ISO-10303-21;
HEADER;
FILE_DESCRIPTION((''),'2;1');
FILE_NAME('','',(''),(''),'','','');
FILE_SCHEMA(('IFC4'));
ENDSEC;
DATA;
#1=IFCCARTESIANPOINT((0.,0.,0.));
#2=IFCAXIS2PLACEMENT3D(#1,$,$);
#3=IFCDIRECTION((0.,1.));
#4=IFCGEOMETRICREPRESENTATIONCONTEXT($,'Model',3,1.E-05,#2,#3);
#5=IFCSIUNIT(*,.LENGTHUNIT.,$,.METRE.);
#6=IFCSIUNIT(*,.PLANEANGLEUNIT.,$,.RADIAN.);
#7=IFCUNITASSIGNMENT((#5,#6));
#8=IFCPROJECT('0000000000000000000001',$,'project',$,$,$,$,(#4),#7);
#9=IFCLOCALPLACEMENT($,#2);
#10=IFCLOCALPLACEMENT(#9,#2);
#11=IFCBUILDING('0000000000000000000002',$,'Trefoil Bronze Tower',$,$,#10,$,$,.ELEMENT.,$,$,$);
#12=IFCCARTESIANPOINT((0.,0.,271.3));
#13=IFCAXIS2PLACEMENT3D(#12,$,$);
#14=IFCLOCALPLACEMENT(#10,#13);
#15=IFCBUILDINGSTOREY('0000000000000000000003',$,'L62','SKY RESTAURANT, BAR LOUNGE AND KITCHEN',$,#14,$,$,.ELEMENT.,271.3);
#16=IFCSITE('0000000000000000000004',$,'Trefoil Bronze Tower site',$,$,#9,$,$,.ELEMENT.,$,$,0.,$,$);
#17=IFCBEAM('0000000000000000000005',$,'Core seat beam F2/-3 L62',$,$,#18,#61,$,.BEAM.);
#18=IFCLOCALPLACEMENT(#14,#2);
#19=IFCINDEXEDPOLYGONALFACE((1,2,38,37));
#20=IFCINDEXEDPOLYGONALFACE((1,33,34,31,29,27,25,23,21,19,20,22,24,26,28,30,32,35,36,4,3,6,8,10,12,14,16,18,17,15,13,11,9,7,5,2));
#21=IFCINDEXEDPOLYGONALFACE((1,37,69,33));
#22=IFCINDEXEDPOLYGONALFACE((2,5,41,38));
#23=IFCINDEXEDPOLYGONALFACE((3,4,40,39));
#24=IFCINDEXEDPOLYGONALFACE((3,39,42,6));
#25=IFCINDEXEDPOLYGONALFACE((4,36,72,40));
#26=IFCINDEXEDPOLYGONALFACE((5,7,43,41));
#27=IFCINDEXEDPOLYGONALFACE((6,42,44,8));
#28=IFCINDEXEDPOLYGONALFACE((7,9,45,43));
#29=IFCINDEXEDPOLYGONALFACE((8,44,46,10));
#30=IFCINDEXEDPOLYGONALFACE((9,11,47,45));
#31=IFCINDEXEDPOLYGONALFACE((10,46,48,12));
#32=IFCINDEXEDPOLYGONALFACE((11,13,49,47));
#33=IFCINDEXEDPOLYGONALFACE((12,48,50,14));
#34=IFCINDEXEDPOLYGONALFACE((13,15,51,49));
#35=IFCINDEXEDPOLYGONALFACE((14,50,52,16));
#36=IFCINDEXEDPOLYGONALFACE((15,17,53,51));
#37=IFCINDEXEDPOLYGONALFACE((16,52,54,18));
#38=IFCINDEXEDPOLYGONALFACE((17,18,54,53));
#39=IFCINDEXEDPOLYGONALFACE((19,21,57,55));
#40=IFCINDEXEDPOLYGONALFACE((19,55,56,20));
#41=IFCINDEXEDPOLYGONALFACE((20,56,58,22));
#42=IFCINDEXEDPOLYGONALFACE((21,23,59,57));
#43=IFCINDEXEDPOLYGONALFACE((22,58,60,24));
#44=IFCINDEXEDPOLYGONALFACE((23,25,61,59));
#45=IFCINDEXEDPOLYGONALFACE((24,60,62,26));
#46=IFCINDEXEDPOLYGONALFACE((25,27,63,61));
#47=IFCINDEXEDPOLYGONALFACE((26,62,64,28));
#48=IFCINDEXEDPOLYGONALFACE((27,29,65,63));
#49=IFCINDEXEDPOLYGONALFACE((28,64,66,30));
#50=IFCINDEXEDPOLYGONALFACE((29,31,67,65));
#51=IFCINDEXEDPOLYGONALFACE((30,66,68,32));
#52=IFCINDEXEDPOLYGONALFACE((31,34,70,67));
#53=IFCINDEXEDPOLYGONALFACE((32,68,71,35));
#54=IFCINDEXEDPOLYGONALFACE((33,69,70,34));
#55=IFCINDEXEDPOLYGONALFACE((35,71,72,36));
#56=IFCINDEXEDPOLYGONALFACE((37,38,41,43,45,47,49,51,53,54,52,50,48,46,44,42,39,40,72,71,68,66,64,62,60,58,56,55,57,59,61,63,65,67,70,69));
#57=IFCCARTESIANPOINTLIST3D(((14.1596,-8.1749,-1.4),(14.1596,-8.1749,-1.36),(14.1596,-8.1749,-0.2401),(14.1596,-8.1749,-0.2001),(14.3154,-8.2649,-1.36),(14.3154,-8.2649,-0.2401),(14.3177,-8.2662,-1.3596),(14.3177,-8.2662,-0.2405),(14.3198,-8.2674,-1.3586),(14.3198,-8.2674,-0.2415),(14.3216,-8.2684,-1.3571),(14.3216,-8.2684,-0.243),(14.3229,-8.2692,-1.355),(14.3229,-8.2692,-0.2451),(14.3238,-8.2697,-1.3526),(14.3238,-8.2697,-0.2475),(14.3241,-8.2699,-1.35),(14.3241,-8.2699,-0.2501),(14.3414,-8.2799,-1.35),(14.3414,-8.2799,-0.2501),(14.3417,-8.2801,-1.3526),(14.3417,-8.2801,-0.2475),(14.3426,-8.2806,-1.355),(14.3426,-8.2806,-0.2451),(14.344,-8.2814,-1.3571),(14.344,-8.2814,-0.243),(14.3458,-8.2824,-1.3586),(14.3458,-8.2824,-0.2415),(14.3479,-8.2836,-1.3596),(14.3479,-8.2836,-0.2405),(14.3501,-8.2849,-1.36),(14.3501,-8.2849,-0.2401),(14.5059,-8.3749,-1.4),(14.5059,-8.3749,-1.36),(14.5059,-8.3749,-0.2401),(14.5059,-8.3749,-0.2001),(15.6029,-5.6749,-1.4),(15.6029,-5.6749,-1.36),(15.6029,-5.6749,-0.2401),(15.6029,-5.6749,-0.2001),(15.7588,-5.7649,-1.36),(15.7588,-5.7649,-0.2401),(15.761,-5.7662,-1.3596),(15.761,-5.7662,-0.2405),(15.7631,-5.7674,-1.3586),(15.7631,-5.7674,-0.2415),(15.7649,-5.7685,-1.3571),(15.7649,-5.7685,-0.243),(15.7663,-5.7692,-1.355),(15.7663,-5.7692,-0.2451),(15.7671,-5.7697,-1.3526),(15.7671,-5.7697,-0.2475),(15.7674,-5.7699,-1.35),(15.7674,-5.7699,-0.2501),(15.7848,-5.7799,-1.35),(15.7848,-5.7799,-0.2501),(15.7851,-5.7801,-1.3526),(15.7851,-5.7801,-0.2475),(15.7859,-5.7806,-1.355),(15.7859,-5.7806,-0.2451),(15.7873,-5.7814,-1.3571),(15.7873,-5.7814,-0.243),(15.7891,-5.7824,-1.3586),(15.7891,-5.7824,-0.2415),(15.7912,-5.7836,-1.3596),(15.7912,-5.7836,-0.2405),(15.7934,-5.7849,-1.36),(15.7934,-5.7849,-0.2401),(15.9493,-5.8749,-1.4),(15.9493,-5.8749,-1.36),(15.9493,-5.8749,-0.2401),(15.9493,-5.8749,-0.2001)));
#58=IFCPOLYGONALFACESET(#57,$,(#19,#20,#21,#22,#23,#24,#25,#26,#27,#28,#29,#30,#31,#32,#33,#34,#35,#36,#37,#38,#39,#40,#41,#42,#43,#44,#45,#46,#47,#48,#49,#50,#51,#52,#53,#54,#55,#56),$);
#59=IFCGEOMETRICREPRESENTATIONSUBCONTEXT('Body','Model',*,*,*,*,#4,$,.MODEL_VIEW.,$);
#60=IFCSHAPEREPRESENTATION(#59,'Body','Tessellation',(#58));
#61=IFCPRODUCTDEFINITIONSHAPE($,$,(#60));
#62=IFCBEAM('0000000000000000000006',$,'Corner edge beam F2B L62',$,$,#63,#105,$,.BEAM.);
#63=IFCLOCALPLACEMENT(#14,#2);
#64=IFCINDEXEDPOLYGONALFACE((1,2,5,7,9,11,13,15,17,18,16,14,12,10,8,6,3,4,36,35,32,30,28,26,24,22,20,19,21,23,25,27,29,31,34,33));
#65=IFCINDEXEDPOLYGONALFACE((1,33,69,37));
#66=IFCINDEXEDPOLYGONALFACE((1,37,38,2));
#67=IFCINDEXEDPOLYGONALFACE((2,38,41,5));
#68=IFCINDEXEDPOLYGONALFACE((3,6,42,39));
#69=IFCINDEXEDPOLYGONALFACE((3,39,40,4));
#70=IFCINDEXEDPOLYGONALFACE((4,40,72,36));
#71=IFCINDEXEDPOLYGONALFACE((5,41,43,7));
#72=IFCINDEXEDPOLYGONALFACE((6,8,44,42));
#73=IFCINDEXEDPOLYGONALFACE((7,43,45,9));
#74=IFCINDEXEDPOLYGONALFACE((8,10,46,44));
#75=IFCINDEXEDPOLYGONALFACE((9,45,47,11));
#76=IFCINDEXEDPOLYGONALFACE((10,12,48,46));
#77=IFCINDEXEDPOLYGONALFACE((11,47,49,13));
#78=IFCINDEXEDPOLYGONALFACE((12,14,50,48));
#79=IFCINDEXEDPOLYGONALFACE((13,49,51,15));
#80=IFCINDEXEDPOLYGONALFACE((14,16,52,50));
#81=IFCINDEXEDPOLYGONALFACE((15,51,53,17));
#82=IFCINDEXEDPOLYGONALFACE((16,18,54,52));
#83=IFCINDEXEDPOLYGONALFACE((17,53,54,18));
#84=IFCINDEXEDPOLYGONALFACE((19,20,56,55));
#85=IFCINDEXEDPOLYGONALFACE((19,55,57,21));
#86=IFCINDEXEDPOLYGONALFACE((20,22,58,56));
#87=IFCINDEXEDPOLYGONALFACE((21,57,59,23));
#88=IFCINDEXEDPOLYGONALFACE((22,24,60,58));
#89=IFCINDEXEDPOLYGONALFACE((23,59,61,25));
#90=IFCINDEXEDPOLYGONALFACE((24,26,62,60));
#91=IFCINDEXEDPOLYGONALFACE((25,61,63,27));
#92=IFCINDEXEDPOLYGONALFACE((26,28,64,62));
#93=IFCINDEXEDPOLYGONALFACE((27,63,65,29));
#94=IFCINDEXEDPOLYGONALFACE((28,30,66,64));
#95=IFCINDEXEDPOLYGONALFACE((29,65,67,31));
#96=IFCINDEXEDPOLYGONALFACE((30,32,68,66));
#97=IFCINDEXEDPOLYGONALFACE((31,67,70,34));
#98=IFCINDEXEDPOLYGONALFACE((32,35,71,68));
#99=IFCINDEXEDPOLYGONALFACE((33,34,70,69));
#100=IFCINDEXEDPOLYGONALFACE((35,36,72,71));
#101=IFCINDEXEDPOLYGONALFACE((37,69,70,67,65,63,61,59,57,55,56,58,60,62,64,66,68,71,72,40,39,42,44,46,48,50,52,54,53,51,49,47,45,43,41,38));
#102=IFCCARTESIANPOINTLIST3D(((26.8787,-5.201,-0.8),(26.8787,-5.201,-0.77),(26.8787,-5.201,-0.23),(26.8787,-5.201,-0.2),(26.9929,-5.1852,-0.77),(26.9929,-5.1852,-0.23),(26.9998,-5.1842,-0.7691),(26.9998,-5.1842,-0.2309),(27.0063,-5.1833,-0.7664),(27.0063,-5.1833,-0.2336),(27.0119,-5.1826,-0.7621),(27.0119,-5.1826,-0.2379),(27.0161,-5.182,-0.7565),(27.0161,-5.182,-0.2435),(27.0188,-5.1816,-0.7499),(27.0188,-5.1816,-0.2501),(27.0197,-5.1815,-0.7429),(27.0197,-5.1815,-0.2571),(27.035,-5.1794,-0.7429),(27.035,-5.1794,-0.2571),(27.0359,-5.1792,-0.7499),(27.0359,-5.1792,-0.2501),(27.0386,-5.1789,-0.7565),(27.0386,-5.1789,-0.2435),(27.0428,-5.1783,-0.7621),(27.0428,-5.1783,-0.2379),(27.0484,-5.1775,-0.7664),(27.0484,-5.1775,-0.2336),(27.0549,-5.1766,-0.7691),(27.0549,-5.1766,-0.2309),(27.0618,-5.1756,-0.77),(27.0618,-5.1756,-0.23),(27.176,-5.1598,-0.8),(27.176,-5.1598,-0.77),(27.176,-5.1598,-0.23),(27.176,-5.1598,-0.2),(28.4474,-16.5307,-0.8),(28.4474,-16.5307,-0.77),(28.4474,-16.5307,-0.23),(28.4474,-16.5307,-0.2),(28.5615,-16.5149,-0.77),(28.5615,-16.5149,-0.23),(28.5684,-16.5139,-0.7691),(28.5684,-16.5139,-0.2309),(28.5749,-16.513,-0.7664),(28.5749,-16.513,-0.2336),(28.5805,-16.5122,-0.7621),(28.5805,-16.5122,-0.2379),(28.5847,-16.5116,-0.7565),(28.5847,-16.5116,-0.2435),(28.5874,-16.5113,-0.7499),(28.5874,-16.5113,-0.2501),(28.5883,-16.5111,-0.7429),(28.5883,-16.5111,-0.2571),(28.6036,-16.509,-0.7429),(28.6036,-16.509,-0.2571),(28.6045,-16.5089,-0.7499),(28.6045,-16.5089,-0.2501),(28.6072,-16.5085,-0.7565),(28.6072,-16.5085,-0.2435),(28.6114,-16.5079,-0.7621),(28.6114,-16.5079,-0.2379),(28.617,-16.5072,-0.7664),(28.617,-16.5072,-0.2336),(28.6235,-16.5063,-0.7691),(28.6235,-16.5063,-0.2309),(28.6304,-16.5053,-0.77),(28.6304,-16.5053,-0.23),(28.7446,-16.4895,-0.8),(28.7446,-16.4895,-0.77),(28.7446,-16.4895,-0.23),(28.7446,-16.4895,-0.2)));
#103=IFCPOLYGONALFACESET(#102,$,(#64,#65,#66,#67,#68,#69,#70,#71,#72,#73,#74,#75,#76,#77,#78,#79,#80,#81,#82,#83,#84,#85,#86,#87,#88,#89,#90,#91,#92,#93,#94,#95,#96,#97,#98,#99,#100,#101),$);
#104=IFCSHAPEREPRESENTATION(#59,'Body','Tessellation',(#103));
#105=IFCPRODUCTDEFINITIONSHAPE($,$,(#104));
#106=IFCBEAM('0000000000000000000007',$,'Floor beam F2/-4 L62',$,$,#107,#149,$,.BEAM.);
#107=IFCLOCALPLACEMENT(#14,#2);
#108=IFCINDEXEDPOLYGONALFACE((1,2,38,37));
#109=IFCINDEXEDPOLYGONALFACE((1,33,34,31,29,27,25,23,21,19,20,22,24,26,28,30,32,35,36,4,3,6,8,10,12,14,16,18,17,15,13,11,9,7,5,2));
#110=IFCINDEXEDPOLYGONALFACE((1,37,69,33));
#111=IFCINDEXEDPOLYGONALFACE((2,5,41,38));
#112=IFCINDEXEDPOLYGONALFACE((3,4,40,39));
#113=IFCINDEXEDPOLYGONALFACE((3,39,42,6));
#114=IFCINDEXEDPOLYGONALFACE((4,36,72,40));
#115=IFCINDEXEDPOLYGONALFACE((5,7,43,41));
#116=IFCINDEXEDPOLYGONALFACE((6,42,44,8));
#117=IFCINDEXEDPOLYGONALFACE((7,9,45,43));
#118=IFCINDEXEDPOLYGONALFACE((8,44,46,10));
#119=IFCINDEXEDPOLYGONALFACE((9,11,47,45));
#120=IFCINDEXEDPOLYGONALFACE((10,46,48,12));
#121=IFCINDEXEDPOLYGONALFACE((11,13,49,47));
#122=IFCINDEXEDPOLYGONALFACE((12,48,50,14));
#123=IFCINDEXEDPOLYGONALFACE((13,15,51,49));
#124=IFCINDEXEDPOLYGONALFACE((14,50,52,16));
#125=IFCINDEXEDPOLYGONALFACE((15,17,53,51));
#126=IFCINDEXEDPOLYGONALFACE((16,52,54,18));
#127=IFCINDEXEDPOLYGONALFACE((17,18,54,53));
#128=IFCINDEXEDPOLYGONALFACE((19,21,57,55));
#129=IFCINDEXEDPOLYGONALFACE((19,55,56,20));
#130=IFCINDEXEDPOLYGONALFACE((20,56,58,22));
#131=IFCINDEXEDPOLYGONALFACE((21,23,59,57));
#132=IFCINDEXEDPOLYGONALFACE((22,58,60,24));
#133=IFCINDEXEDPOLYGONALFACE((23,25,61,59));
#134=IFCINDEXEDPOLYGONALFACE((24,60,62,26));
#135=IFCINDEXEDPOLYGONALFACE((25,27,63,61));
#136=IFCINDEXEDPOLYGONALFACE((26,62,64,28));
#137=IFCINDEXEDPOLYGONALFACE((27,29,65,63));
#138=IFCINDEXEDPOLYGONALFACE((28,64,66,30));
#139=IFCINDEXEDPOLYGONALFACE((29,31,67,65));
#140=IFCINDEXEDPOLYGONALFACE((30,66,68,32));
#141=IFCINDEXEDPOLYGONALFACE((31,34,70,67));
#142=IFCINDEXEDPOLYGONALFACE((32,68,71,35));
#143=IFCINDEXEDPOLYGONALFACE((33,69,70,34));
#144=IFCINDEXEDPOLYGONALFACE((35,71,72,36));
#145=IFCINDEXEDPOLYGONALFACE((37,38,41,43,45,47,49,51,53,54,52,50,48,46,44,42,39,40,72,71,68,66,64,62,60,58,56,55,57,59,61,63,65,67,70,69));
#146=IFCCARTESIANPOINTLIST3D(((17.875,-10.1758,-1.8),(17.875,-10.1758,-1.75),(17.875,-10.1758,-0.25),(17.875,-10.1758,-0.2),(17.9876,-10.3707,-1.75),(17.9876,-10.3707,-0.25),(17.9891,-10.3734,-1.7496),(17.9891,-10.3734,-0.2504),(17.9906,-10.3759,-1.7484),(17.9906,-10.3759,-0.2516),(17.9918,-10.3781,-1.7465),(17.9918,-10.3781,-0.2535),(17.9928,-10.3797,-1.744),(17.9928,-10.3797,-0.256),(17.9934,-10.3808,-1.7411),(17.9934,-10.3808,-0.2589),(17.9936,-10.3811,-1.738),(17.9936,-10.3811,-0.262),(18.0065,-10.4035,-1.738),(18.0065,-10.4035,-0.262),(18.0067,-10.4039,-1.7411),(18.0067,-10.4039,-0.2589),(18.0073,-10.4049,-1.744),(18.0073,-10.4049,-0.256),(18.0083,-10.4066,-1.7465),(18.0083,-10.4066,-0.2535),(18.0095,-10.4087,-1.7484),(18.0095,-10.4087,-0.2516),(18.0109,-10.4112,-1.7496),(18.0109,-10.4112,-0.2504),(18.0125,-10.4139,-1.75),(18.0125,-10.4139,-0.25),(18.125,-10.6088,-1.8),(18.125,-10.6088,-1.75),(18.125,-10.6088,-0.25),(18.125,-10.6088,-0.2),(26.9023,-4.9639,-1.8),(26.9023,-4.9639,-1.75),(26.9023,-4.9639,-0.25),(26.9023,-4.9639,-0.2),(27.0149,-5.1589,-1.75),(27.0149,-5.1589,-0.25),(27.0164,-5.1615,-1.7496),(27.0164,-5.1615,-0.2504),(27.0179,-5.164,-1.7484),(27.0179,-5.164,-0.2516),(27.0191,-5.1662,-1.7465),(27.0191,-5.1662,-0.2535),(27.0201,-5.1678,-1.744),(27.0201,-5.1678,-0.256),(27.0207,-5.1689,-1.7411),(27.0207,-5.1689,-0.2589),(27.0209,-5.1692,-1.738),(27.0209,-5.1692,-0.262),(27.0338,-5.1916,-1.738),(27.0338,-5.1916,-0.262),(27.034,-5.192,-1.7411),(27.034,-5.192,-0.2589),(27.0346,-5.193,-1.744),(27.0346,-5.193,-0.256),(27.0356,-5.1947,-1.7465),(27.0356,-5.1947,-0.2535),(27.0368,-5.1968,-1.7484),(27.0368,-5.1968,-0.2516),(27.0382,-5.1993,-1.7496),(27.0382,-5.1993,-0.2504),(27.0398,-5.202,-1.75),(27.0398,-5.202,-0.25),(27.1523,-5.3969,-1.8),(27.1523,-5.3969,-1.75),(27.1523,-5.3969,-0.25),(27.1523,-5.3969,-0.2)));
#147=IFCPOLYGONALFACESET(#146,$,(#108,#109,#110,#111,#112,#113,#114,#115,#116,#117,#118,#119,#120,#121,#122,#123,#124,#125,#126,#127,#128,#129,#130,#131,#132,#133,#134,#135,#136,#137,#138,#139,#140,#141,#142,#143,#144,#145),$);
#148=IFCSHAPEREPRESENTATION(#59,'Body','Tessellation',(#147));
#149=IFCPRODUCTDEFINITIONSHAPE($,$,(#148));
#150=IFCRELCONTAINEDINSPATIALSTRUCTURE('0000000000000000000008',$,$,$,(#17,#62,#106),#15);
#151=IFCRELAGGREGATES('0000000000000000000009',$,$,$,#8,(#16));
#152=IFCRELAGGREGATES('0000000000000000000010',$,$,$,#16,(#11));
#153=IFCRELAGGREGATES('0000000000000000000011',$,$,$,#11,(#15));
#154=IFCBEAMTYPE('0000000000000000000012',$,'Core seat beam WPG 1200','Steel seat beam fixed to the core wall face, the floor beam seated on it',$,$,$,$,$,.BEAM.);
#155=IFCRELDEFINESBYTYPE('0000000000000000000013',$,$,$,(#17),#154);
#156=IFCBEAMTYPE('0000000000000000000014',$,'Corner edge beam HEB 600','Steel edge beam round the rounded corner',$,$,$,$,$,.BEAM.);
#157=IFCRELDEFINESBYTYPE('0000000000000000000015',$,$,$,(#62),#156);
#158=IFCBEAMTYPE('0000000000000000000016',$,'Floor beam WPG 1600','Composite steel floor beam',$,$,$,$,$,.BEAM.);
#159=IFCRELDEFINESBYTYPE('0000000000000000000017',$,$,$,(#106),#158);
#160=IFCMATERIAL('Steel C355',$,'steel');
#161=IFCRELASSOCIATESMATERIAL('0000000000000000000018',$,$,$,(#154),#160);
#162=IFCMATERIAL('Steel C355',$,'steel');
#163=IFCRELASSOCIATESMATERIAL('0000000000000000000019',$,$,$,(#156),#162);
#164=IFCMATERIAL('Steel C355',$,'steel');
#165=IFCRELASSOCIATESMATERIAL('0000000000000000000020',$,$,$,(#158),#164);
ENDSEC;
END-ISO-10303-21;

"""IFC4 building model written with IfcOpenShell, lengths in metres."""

from ifc_helpers import new_model, si_unit, direction, frame, origin, origin_2d, place, context, subcontext, project, spatial, i_section, extrude, material, material_profile, profile_set, type_object, element, save


model = new_model("IFC4")

# Units and contexts
model_context = context("Model", 3, precision=1e-05, world=origin(), true_north=direction((0.0, 1.0)))
body_context = subcontext(model_context, "Body", "Model", "MODEL_VIEW")
ifc_project = project(units=[si_unit("LENGTHUNIT", "METRE"), si_unit("PLANEANGLEUNIT", "RADIAN")], contexts=[model_context])

# Site, building, storey
site_placement = place(None, origin())
site = spatial("IfcSite", under=ifc_project, at=site_placement, Name="Trefoil Bronze Tower site", CompositionType="ELEMENT", RefElevation=0.0)
building_placement = place(site_placement, origin())
building = spatial("IfcBuilding", under=site, at=building_placement, Name="Trefoil Bronze Tower", CompositionType="ELEMENT")
storey_placement = place(building_placement, frame((0.0, 0.0, 271.3)))
storey = spatial("IfcBuildingStorey", under=building, at=storey_placement, Name="L62", Description="SKY RESTAURANT, BAR LOUNGE AND KITCHEN", CompositionType="ELEMENT", Elevation=271.3)

# Beams
ifc_material_1 = material(Name="Steel C355", Category="steel")
ifc_material_profile_1 = material_profile(ifc_material_1, i_section(OverallWidth=0.3999, OverallDepth=1.2, WebThickness=0.02, FlangeThickness=0.04, FilletRadius=0.01, at=origin_2d()), Name="WPG 1200")
ifc_profile_set_1 = profile_set([ifc_material_profile_1], Name="Steel C355")
beam_type_1 = type_object("IfcBeamType", Name="Core seat beam WPG 1200", Description="Steel seat beam fixed to the core wall face, the floor beam seated on it", PredefinedType="BEAM", material=ifc_profile_set_1)
beam_1_placement = place(storey_placement, frame((14.3328, -8.2749, -0.8), z_axis=(0.499996, 0.866028, 0.0), x_axis=(-0.866028, 0.499996, 0.0)))
element("IfcBeam", 1, at=beam_1_placement, inside=storey, type_object=beam_type_1, Name="Core seat beam F2/-3 L62", PredefinedType="BEAM", context=body_context, shape_type="SweptSolid", body=[
    extrude(i_section(OverallWidth=0.3999, OverallDepth=1.2, WebThickness=0.02, FlangeThickness=0.04, FilletRadius=0.01, at=origin_2d()), origin(), (0.0, 0.0, 1.0), 2.8867),
])
ifc_material_2 = material(Name="Steel C355", Category="steel")
ifc_material_profile_2 = material_profile(ifc_material_2, i_section(OverallWidth=0.3, OverallDepth=0.6001, WebThickness=0.0154, FlangeThickness=0.03, FilletRadius=0.0271, at=origin_2d()), Name="HEB 600")
ifc_profile_set_2 = profile_set([ifc_material_profile_2], Name="Steel C355")
beam_type_2 = type_object("IfcBeamType", Name="Corner edge beam HEB 600", Description="Steel edge beam round the rounded corner", PredefinedType="BEAM", material=ifc_profile_set_2)
beam_2_placement = place(storey_placement, frame((27.0273, -5.1804, -0.5), z_axis=(0.137144, -0.990551, 0.0), x_axis=(0.990551, 0.137144, 0.0)))
element("IfcBeam", 2, at=beam_2_placement, inside=storey, type_object=beam_type_2, Name="Corner edge beam F2B L62", PredefinedType="BEAM", context=body_context, shape_type="SweptSolid", body=[
    extrude(i_section(OverallWidth=0.3, OverallDepth=0.6001, WebThickness=0.0154, FlangeThickness=0.03, FilletRadius=0.0271, at=origin_2d()), origin(), (0.0, 0.0, 1.0), 11.4377),
])
ifc_material_3 = material(Name="Steel C355", Category="steel")
ifc_material_profile_3 = material_profile(ifc_material_3, i_section(OverallWidth=0.5, OverallDepth=1.6001, WebThickness=0.0259, FlangeThickness=0.05, FilletRadius=0.012, at=origin_2d()), Name="WPG 1600")
ifc_profile_set_3 = profile_set([ifc_material_profile_3], Name="Steel C355")
beam_type_3 = type_object("IfcBeamType", Name="Floor beam WPG 1600", Description="Composite steel floor beam", PredefinedType="BEAM", material=ifc_profile_set_3)
beam_3_placement = place(storey_placement, frame((27.0273, -5.1804, -1.0), z_axis=(-0.866026, -0.499998, 0.0), x_axis=(0.499998, -0.866026, 0.0)))
element("IfcBeam", 3, at=beam_3_placement, inside=storey, type_object=beam_type_3, Name="Floor beam F2/-4 L62", PredefinedType="BEAM", context=body_context, shape_type="SweptSolid", body=[
    extrude(i_section(OverallWidth=0.5, OverallDepth=1.6001, WebThickness=0.0259, FlangeThickness=0.05, FilletRadius=0.012, at=origin_2d()), origin(), (0.0, 0.0, 1.0), 10.4238),
])

save(model, "model.ifc")
